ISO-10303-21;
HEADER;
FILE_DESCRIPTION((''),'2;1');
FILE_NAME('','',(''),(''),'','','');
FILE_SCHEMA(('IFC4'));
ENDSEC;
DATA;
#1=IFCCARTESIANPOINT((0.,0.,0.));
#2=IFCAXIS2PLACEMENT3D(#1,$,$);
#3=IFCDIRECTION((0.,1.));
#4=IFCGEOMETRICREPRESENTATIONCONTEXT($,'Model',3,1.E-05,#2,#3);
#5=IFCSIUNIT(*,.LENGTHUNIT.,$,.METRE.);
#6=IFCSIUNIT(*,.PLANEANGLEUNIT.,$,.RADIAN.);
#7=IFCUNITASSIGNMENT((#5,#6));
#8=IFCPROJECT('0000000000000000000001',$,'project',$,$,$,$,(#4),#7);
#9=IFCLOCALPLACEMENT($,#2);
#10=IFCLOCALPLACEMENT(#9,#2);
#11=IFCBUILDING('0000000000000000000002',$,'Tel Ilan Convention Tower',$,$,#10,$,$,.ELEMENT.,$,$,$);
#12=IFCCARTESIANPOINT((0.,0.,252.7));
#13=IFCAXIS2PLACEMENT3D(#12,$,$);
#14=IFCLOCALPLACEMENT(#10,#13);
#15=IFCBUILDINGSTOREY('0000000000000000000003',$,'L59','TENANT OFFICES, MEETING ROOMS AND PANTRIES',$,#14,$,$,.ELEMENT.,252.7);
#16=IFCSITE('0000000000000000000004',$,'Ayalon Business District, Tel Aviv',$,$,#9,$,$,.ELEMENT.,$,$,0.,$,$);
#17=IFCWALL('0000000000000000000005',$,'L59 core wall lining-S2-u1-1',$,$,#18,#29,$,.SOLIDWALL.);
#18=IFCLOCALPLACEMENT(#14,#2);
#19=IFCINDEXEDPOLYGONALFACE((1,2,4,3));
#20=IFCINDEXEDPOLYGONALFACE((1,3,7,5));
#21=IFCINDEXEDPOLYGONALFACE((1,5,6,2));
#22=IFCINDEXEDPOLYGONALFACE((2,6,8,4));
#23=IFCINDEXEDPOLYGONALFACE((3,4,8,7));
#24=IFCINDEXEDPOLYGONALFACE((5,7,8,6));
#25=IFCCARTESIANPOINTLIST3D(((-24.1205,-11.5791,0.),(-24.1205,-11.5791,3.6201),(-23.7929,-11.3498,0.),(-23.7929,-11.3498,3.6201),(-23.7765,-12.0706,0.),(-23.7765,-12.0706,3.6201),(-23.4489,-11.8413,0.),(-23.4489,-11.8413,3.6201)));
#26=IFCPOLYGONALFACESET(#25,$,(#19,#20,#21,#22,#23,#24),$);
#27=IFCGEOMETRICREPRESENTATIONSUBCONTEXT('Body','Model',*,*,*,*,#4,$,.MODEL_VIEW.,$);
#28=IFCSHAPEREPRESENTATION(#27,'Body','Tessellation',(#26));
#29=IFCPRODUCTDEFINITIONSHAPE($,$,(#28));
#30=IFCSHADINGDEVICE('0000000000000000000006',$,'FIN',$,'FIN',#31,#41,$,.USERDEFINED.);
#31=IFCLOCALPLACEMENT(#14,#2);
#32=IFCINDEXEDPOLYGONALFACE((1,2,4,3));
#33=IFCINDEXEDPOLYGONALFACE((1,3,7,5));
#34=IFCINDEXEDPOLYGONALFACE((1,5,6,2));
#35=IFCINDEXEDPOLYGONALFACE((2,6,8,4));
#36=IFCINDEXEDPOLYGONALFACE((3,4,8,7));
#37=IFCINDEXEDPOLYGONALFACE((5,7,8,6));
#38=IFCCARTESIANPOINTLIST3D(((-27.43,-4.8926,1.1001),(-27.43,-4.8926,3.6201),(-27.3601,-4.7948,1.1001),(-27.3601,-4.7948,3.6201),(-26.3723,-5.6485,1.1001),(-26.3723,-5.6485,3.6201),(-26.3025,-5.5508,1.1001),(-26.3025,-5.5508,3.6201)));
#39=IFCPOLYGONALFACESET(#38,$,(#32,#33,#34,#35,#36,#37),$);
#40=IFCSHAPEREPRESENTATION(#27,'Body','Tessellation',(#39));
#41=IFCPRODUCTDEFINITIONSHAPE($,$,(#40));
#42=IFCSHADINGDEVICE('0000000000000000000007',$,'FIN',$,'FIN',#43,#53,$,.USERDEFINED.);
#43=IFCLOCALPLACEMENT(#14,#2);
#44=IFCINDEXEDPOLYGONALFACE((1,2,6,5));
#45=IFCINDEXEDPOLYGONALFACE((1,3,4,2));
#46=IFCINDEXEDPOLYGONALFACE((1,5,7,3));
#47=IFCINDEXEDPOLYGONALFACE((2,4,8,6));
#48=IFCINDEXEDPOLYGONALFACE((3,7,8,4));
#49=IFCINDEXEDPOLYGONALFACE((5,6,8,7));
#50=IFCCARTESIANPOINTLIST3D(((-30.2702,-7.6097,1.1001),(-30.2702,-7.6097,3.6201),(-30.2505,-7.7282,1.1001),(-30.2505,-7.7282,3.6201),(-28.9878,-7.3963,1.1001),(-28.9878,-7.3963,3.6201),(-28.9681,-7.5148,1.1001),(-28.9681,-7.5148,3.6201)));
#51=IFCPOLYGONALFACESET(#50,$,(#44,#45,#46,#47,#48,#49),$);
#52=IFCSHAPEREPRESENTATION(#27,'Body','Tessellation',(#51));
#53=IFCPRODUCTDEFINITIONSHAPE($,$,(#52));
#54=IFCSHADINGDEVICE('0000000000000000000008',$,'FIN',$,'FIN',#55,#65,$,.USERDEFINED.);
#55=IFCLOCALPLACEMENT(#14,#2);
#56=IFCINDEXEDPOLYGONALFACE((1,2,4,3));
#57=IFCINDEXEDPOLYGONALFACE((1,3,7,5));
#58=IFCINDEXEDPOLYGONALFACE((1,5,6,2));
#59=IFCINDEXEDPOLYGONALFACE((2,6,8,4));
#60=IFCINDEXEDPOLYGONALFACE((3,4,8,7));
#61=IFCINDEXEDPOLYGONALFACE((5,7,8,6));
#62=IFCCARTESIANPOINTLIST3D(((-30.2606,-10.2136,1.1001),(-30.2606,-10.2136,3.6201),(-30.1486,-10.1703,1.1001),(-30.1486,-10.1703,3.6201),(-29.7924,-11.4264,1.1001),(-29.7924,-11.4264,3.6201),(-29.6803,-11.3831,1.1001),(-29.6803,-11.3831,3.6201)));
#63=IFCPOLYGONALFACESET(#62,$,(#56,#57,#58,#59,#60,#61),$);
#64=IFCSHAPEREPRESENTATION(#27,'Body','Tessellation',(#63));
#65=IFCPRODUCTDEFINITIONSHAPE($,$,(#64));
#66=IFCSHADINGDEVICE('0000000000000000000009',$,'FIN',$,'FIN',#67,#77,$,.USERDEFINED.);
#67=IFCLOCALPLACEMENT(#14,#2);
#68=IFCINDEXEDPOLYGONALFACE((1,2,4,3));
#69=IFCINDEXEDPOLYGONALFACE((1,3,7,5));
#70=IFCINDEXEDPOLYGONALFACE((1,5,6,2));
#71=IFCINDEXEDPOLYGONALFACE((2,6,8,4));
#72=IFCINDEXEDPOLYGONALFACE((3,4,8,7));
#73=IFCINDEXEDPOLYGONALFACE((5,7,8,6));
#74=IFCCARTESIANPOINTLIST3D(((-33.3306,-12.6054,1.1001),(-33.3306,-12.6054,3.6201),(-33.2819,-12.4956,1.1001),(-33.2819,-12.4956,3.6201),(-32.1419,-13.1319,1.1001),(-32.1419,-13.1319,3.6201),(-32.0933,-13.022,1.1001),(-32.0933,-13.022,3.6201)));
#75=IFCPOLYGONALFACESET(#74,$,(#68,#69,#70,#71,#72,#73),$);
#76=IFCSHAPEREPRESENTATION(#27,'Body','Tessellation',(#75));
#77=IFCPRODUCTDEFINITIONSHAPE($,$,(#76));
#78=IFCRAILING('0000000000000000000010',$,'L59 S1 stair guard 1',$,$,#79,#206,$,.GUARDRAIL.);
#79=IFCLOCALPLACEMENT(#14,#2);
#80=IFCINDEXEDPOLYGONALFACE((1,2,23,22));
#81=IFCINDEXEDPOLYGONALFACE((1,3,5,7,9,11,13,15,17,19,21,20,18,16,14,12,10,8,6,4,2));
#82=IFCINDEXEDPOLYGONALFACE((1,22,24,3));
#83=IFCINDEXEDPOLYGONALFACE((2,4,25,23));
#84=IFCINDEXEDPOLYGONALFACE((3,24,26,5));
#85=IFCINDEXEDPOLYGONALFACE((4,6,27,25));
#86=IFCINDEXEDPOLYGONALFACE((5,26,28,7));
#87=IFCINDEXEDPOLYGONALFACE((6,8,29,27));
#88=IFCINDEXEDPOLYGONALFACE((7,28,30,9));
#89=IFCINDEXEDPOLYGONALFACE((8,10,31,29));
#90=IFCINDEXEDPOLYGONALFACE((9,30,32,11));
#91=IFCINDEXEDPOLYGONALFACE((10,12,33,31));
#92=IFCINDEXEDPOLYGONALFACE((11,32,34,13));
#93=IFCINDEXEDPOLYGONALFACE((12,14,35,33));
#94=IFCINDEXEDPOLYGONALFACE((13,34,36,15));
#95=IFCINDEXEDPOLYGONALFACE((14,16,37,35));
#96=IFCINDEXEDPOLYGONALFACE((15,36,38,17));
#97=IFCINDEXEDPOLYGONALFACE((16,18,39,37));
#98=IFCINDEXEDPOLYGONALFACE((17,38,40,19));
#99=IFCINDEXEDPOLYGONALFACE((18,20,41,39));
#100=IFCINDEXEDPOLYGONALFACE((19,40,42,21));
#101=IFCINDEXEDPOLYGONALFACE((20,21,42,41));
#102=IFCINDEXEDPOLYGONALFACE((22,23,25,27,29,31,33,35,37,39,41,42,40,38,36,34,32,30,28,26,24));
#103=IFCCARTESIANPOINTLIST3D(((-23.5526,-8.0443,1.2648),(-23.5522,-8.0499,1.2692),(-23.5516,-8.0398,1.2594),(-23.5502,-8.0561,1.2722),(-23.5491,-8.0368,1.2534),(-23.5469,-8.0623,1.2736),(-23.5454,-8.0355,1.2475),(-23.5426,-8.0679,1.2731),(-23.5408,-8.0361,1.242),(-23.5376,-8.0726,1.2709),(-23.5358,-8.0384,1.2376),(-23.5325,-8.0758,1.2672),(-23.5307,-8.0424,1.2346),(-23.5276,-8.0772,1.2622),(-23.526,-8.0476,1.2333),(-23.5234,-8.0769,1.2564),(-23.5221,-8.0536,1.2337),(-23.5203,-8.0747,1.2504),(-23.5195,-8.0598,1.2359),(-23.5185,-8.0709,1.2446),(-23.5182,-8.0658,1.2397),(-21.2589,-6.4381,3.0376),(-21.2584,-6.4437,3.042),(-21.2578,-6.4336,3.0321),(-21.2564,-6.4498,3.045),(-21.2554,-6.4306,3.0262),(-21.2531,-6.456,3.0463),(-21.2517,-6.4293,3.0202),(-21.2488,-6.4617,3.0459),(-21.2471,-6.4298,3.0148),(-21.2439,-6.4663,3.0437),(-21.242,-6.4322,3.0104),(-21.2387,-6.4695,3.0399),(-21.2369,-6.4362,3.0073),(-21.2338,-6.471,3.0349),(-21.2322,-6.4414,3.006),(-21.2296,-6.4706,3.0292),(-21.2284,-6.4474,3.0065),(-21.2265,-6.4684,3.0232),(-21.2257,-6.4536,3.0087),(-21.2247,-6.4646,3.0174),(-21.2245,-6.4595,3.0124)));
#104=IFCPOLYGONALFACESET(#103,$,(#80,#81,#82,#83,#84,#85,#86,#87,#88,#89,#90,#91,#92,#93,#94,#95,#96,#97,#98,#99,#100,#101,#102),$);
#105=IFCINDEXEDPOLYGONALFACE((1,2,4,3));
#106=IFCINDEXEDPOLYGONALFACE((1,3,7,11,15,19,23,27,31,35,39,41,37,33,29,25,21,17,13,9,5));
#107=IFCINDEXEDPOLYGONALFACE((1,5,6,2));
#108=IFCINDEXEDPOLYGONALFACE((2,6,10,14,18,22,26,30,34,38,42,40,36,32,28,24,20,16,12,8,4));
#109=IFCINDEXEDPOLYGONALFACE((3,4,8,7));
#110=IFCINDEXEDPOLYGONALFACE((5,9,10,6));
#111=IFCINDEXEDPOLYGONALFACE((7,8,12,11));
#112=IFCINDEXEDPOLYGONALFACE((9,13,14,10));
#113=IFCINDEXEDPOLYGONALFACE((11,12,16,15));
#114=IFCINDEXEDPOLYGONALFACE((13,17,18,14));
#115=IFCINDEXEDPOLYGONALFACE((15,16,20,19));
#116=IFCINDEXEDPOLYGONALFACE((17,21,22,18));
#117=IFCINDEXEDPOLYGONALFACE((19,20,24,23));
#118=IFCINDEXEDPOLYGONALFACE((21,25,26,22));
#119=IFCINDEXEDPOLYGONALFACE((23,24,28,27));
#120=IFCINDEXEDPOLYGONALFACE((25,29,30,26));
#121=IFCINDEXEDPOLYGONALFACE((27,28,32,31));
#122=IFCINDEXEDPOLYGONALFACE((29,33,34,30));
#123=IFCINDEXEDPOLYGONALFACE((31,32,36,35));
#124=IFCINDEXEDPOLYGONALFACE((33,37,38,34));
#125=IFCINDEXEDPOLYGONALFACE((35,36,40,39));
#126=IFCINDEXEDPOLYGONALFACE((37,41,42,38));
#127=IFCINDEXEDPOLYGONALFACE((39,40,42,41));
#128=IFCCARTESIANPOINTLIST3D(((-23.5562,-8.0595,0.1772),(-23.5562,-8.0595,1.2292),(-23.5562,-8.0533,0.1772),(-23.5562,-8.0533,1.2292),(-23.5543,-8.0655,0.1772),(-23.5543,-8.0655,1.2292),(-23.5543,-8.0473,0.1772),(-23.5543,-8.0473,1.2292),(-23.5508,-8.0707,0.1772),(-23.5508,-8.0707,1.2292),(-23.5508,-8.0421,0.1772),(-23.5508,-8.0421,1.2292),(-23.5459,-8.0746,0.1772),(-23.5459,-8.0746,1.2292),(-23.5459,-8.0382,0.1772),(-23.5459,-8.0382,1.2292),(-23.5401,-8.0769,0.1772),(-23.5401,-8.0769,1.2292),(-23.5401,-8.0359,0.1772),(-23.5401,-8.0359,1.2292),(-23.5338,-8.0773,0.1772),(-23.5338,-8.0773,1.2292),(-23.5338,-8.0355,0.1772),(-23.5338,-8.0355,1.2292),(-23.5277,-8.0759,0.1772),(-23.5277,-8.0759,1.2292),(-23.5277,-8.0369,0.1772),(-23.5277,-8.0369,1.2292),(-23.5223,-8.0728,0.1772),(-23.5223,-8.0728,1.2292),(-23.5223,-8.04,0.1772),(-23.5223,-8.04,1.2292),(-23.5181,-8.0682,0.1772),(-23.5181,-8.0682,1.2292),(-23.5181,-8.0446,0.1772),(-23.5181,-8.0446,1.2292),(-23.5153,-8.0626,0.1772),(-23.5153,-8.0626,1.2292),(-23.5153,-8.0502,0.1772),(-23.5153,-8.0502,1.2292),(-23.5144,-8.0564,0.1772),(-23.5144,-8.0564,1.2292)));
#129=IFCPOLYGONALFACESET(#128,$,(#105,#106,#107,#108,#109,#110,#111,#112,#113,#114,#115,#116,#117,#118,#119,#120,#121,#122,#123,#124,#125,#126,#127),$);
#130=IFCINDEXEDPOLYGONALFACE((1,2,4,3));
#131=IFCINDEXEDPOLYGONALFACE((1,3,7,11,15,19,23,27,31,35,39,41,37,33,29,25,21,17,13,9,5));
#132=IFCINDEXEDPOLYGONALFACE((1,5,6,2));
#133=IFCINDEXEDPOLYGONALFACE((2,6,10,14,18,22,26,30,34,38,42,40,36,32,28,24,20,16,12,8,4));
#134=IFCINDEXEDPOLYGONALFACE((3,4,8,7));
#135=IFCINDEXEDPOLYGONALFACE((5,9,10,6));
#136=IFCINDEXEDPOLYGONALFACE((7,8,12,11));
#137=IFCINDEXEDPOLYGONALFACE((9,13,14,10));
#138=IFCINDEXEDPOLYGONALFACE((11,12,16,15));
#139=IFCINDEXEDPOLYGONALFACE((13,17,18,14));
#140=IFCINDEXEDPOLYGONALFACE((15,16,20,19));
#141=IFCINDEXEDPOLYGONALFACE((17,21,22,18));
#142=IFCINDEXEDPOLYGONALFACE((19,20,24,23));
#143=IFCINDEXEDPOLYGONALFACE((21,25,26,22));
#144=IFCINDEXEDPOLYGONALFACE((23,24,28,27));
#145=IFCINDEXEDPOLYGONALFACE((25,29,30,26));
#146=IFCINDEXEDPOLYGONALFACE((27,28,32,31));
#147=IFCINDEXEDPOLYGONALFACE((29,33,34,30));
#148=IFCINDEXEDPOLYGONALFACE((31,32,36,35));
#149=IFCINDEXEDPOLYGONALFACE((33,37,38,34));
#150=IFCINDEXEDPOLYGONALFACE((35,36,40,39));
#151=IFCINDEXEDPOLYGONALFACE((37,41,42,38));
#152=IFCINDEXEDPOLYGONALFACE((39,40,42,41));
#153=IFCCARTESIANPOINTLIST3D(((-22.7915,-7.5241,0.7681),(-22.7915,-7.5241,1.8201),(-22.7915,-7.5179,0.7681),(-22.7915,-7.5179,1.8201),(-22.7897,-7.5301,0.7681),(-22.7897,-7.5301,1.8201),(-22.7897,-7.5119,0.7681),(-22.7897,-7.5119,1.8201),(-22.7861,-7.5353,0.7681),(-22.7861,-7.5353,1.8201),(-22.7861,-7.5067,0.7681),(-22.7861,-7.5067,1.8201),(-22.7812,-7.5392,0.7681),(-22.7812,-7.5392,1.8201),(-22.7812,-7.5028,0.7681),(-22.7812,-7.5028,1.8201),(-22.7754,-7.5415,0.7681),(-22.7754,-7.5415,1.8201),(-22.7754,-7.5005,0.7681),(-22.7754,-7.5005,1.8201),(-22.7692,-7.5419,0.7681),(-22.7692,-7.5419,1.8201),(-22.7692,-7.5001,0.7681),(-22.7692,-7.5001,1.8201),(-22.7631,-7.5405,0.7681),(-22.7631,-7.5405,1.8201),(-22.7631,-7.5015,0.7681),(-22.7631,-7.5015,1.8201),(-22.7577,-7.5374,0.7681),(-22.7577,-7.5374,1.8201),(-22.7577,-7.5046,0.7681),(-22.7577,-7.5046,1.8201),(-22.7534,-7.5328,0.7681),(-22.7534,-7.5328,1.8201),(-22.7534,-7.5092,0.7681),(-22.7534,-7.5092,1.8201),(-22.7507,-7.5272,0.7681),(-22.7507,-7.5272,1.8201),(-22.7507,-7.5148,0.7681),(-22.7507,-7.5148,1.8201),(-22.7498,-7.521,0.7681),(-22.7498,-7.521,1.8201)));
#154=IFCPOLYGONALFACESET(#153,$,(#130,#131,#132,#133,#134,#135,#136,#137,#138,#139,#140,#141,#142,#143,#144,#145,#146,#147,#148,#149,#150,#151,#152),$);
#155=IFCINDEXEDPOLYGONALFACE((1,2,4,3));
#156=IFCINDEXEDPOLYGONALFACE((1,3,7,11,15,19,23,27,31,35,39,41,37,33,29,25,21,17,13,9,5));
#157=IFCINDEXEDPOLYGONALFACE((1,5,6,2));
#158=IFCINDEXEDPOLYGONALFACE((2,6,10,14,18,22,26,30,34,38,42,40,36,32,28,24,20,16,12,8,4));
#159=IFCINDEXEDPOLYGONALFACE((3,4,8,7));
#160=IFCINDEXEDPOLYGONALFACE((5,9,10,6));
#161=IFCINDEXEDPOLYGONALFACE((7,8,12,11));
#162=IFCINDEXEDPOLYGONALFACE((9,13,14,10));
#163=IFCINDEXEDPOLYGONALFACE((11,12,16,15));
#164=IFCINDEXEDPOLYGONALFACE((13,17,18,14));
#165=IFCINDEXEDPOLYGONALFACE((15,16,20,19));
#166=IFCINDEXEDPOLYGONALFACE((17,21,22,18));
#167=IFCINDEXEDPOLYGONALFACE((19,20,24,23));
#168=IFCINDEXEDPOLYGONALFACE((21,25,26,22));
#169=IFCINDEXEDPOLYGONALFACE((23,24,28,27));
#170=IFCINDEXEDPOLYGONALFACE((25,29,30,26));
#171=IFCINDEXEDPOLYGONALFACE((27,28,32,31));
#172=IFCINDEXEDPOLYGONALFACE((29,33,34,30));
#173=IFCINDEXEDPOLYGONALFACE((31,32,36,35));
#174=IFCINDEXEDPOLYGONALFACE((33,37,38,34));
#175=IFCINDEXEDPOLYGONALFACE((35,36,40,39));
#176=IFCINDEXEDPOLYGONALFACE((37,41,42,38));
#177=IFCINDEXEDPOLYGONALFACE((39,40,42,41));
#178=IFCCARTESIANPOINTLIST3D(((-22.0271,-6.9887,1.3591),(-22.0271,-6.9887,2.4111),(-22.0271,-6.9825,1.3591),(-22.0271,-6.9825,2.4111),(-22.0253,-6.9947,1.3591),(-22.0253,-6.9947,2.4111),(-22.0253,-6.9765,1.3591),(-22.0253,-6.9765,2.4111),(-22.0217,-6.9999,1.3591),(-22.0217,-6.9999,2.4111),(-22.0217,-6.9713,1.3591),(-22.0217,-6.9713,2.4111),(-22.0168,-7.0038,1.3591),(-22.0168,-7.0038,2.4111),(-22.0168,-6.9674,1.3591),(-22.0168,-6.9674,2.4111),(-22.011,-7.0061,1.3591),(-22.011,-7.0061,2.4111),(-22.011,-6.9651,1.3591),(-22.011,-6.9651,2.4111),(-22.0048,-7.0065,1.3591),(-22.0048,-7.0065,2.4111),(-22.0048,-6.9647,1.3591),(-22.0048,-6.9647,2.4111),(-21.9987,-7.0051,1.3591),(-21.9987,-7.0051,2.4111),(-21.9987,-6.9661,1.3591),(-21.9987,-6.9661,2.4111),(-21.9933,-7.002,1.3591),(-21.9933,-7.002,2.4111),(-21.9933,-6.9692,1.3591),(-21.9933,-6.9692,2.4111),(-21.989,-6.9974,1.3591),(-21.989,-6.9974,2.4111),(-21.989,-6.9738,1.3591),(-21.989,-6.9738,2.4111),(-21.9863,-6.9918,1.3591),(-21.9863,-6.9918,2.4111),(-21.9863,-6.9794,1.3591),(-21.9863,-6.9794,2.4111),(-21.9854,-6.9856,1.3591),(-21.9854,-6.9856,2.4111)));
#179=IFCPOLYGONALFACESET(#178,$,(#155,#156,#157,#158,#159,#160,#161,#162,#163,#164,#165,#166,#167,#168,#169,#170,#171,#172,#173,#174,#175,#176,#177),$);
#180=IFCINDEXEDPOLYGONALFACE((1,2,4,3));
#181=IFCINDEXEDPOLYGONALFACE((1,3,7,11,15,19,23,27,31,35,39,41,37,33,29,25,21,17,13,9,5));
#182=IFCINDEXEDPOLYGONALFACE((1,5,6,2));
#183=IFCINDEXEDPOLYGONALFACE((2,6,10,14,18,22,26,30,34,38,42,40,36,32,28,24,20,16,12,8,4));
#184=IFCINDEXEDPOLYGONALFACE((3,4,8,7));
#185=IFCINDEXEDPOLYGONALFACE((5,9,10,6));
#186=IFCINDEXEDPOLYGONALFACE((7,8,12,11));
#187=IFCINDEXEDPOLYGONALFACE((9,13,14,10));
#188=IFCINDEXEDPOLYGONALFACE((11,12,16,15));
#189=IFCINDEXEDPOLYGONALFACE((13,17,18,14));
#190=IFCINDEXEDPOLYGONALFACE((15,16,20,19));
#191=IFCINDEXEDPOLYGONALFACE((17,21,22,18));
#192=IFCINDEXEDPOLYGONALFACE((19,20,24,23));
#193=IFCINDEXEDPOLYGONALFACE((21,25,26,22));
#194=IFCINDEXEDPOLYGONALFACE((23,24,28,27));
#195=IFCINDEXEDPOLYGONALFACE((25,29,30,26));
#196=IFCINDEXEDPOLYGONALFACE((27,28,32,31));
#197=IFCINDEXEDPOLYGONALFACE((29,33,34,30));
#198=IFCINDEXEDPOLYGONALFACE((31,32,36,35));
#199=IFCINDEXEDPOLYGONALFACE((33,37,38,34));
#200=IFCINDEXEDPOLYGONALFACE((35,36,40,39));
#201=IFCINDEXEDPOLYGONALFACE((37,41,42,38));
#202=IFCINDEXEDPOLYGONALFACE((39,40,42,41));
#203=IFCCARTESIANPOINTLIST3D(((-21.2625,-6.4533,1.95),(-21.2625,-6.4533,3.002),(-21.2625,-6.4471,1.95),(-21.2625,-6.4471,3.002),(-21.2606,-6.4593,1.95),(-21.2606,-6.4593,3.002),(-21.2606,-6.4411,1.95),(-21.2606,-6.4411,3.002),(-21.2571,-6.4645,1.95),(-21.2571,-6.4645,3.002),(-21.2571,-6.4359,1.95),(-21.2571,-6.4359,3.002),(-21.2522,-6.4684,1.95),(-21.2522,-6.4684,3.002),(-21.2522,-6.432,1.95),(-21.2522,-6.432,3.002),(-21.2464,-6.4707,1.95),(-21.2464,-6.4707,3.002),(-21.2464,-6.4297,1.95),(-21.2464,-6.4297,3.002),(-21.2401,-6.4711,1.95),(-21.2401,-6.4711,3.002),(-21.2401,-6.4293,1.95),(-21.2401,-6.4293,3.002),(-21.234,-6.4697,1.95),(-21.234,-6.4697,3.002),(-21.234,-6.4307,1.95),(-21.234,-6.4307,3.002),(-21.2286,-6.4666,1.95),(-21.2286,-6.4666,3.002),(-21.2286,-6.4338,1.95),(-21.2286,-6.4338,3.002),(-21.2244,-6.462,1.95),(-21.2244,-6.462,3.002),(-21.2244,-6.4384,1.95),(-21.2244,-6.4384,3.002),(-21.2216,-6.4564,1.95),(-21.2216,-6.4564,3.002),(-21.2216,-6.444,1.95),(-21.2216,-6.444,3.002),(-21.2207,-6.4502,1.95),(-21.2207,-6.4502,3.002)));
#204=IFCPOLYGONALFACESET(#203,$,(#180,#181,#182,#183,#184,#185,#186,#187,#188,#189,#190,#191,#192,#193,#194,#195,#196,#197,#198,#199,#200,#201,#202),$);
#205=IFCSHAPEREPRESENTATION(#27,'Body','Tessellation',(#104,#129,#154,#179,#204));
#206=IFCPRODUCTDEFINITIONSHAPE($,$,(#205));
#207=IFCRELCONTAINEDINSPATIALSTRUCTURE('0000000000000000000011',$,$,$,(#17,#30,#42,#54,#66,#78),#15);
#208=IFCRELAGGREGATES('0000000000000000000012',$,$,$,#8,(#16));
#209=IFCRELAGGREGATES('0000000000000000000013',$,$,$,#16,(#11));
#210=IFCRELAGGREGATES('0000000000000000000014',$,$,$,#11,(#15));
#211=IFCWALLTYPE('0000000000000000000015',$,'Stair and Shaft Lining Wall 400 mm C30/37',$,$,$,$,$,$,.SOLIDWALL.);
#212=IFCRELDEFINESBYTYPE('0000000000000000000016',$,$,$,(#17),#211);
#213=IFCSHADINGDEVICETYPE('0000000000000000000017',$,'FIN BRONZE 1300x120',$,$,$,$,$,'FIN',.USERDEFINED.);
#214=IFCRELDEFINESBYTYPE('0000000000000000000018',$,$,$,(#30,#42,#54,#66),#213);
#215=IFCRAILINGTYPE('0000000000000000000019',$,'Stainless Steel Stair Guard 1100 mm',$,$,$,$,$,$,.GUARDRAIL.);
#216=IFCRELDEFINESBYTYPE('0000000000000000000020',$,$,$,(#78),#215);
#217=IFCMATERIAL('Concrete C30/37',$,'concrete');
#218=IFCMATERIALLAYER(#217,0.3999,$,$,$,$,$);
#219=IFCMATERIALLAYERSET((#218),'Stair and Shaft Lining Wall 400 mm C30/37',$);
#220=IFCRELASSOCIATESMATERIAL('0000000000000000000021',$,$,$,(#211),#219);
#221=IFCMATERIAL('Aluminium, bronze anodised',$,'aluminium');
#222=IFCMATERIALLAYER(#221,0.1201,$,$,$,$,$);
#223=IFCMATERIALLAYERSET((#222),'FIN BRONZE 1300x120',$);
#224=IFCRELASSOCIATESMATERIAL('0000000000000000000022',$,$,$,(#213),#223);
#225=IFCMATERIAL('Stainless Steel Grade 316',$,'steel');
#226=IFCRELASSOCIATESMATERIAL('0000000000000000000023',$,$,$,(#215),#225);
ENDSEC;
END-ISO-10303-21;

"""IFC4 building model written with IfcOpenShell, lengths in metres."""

from ifc_helpers import new_model, si_unit, direction, frame, frame_2d, origin, origin_2d, place, context, subcontext, project, spatial, rectangle, circle, extrude, material, layer, layer_set, type_object, element, save


model = new_model("IFC4")

# Units and contexts
model_context = context("Model", 3, precision=1e-05, world=origin(), true_north=direction((0.0, 1.0)))
body_context = subcontext(model_context, "Body", "Model", "MODEL_VIEW")
ifc_project = project(units=[si_unit("LENGTHUNIT", "METRE"), si_unit("PLANEANGLEUNIT", "RADIAN")], contexts=[model_context])

# Site, building, storey
site_placement = place(None, origin())
site = spatial("IfcSite", under=ifc_project, at=site_placement, Name="Ayalon Business District, Tel Aviv", CompositionType="ELEMENT", RefElevation=0.0)
building_placement = place(site_placement, origin())
building = spatial("IfcBuilding", under=site, at=building_placement, Name="Tel Ilan Convention Tower", CompositionType="ELEMENT")
storey_placement = place(building_placement, frame((0.0, 0.0, 252.7)))
storey = spatial("IfcBuildingStorey", under=building, at=storey_placement, Name="L59", Description="TENANT OFFICES, MEETING ROOMS AND PANTRIES", CompositionType="ELEMENT", Elevation=252.7)

# Wall
ifc_material_1 = material(Name="Concrete C30/37", Category="concrete")
ifc_layer_1 = layer(ifc_material_1, 0.3999)
ifc_layer_set_1 = layer_set([ifc_layer_1], Name="Stair and Shaft Lining Wall 400 mm C30/37")
wall_type = type_object("IfcWallType", Name="Stair and Shaft Lining Wall 400 mm C30/37", PredefinedType="SOLIDWALL", material=ifc_layer_set_1)
wall_1_placement = place(storey_placement, frame((-23.6128, -11.9558, 0.0), z_axis=(0.0, 0.0, 1.0), x_axis=(-0.573435, 0.819251, 0.0)))
element("IfcWall", 1, at=wall_1_placement, inside=storey, type_object=wall_type, Name="L59 core wall lining-S2-u1-1", PredefinedType="SOLIDWALL", context=body_context, shape_type="SweptSolid", body=[
    extrude(rectangle(XDim=0.5999, YDim=0.3999, at=frame_2d((0.2998, 0.0))), origin(), (0.0, 0.0, 1.0), 3.6201),
])

# Shading devices
ifc_material_2 = material(Name="Aluminium, bronze anodised", Category="aluminium")
ifc_layer_2 = layer(ifc_material_2, 0.1201)
ifc_layer_set_2 = layer_set([ifc_layer_2], Name="FIN BRONZE 1300x120")
shading_device_type = type_object("IfcShadingDeviceType", Name="FIN BRONZE 1300x120", ElementType="FIN", PredefinedType="USERDEFINED", material=ifc_layer_set_2)
for number, where, z_axis, x_axis, name in (
    (2, (-26.8662, -5.2217, 1.1001), (0.0, 0.0, 1.0), (-0.813552, 0.581492, 0.0), "FIN"),
    (3, (-29.6191, -7.5623, 1.1001), (0.0, 0.0, 1.0), (-0.986445, -0.164091, 0.0), "FIN"),
    (4, (-29.9705, -10.7983, 1.1001), (0.0, 0.0, 1.0), (-0.360178, 0.932884, 0.0), "FIN"),
    (5, (-32.7119, -12.8137, 1.1001), (0.0, 0.0, 1.0), (-0.914333, 0.404964, 0.0), "FIN"),
):
    element("IfcShadingDevice", number, at=place(storey_placement, frame(where, z_axis=z_axis, x_axis=x_axis)), inside=storey, type_object=shading_device_type, Name=name, ObjectType="FIN", PredefinedType="USERDEFINED", context=body_context, shape_type="SweptSolid", body=[
        extrude(rectangle(XDim=1.3, YDim=0.1201, at=origin_2d()), origin(), (0.0, 0.0, 1.0), 2.52),
    ])

# Railing
ifc_material_3 = material(Name="Stainless Steel Grade 316", Category="steel")
railing_type = type_object("IfcRailingType", Name="Stainless Steel Stair Guard 1100 mm", PredefinedType="GUARDRAIL", material=ifc_material_3)
railing_1_placement = place(storey_placement, frame((-23.5354, -8.0564, 0.1772)))
element("IfcRailing", 6, at=railing_1_placement, inside=storey, type_object=railing_type, Name="L59 S1 stair guard 1", PredefinedType="GUARDRAIL", context=body_context, shape_type="SweptSolid", body=[
    extrude(circle(Radius=0.0239, at=origin_2d()), frame((0.0, 0.0, 1.0762), z_axis=(0.692098, 0.484653, 0.534894), x_axis=(-0.573609, 0.81913, 0.0)), (0.0, 0.0, 1.0), 3.3142),
    extrude(circle(Radius=0.021, at=origin_2d()), origin(), (0.0, 0.0, 1.0), 1.052),
    extrude(circle(Radius=0.021, at=origin_2d()), frame((0.7646, 0.5354, 0.5908)), (0.0, 0.0, 1.0), 1.052),
    extrude(circle(Radius=0.021, at=origin_2d()), frame((1.5291, 1.0708, 1.1819)), (0.0, 0.0, 1.0), 1.052),
    extrude(circle(Radius=0.021, at=origin_2d()), frame((2.2937, 1.6062, 1.7727)), (0.0, 0.0, 1.0), 1.052),
])

save(model, "model.ifc")
